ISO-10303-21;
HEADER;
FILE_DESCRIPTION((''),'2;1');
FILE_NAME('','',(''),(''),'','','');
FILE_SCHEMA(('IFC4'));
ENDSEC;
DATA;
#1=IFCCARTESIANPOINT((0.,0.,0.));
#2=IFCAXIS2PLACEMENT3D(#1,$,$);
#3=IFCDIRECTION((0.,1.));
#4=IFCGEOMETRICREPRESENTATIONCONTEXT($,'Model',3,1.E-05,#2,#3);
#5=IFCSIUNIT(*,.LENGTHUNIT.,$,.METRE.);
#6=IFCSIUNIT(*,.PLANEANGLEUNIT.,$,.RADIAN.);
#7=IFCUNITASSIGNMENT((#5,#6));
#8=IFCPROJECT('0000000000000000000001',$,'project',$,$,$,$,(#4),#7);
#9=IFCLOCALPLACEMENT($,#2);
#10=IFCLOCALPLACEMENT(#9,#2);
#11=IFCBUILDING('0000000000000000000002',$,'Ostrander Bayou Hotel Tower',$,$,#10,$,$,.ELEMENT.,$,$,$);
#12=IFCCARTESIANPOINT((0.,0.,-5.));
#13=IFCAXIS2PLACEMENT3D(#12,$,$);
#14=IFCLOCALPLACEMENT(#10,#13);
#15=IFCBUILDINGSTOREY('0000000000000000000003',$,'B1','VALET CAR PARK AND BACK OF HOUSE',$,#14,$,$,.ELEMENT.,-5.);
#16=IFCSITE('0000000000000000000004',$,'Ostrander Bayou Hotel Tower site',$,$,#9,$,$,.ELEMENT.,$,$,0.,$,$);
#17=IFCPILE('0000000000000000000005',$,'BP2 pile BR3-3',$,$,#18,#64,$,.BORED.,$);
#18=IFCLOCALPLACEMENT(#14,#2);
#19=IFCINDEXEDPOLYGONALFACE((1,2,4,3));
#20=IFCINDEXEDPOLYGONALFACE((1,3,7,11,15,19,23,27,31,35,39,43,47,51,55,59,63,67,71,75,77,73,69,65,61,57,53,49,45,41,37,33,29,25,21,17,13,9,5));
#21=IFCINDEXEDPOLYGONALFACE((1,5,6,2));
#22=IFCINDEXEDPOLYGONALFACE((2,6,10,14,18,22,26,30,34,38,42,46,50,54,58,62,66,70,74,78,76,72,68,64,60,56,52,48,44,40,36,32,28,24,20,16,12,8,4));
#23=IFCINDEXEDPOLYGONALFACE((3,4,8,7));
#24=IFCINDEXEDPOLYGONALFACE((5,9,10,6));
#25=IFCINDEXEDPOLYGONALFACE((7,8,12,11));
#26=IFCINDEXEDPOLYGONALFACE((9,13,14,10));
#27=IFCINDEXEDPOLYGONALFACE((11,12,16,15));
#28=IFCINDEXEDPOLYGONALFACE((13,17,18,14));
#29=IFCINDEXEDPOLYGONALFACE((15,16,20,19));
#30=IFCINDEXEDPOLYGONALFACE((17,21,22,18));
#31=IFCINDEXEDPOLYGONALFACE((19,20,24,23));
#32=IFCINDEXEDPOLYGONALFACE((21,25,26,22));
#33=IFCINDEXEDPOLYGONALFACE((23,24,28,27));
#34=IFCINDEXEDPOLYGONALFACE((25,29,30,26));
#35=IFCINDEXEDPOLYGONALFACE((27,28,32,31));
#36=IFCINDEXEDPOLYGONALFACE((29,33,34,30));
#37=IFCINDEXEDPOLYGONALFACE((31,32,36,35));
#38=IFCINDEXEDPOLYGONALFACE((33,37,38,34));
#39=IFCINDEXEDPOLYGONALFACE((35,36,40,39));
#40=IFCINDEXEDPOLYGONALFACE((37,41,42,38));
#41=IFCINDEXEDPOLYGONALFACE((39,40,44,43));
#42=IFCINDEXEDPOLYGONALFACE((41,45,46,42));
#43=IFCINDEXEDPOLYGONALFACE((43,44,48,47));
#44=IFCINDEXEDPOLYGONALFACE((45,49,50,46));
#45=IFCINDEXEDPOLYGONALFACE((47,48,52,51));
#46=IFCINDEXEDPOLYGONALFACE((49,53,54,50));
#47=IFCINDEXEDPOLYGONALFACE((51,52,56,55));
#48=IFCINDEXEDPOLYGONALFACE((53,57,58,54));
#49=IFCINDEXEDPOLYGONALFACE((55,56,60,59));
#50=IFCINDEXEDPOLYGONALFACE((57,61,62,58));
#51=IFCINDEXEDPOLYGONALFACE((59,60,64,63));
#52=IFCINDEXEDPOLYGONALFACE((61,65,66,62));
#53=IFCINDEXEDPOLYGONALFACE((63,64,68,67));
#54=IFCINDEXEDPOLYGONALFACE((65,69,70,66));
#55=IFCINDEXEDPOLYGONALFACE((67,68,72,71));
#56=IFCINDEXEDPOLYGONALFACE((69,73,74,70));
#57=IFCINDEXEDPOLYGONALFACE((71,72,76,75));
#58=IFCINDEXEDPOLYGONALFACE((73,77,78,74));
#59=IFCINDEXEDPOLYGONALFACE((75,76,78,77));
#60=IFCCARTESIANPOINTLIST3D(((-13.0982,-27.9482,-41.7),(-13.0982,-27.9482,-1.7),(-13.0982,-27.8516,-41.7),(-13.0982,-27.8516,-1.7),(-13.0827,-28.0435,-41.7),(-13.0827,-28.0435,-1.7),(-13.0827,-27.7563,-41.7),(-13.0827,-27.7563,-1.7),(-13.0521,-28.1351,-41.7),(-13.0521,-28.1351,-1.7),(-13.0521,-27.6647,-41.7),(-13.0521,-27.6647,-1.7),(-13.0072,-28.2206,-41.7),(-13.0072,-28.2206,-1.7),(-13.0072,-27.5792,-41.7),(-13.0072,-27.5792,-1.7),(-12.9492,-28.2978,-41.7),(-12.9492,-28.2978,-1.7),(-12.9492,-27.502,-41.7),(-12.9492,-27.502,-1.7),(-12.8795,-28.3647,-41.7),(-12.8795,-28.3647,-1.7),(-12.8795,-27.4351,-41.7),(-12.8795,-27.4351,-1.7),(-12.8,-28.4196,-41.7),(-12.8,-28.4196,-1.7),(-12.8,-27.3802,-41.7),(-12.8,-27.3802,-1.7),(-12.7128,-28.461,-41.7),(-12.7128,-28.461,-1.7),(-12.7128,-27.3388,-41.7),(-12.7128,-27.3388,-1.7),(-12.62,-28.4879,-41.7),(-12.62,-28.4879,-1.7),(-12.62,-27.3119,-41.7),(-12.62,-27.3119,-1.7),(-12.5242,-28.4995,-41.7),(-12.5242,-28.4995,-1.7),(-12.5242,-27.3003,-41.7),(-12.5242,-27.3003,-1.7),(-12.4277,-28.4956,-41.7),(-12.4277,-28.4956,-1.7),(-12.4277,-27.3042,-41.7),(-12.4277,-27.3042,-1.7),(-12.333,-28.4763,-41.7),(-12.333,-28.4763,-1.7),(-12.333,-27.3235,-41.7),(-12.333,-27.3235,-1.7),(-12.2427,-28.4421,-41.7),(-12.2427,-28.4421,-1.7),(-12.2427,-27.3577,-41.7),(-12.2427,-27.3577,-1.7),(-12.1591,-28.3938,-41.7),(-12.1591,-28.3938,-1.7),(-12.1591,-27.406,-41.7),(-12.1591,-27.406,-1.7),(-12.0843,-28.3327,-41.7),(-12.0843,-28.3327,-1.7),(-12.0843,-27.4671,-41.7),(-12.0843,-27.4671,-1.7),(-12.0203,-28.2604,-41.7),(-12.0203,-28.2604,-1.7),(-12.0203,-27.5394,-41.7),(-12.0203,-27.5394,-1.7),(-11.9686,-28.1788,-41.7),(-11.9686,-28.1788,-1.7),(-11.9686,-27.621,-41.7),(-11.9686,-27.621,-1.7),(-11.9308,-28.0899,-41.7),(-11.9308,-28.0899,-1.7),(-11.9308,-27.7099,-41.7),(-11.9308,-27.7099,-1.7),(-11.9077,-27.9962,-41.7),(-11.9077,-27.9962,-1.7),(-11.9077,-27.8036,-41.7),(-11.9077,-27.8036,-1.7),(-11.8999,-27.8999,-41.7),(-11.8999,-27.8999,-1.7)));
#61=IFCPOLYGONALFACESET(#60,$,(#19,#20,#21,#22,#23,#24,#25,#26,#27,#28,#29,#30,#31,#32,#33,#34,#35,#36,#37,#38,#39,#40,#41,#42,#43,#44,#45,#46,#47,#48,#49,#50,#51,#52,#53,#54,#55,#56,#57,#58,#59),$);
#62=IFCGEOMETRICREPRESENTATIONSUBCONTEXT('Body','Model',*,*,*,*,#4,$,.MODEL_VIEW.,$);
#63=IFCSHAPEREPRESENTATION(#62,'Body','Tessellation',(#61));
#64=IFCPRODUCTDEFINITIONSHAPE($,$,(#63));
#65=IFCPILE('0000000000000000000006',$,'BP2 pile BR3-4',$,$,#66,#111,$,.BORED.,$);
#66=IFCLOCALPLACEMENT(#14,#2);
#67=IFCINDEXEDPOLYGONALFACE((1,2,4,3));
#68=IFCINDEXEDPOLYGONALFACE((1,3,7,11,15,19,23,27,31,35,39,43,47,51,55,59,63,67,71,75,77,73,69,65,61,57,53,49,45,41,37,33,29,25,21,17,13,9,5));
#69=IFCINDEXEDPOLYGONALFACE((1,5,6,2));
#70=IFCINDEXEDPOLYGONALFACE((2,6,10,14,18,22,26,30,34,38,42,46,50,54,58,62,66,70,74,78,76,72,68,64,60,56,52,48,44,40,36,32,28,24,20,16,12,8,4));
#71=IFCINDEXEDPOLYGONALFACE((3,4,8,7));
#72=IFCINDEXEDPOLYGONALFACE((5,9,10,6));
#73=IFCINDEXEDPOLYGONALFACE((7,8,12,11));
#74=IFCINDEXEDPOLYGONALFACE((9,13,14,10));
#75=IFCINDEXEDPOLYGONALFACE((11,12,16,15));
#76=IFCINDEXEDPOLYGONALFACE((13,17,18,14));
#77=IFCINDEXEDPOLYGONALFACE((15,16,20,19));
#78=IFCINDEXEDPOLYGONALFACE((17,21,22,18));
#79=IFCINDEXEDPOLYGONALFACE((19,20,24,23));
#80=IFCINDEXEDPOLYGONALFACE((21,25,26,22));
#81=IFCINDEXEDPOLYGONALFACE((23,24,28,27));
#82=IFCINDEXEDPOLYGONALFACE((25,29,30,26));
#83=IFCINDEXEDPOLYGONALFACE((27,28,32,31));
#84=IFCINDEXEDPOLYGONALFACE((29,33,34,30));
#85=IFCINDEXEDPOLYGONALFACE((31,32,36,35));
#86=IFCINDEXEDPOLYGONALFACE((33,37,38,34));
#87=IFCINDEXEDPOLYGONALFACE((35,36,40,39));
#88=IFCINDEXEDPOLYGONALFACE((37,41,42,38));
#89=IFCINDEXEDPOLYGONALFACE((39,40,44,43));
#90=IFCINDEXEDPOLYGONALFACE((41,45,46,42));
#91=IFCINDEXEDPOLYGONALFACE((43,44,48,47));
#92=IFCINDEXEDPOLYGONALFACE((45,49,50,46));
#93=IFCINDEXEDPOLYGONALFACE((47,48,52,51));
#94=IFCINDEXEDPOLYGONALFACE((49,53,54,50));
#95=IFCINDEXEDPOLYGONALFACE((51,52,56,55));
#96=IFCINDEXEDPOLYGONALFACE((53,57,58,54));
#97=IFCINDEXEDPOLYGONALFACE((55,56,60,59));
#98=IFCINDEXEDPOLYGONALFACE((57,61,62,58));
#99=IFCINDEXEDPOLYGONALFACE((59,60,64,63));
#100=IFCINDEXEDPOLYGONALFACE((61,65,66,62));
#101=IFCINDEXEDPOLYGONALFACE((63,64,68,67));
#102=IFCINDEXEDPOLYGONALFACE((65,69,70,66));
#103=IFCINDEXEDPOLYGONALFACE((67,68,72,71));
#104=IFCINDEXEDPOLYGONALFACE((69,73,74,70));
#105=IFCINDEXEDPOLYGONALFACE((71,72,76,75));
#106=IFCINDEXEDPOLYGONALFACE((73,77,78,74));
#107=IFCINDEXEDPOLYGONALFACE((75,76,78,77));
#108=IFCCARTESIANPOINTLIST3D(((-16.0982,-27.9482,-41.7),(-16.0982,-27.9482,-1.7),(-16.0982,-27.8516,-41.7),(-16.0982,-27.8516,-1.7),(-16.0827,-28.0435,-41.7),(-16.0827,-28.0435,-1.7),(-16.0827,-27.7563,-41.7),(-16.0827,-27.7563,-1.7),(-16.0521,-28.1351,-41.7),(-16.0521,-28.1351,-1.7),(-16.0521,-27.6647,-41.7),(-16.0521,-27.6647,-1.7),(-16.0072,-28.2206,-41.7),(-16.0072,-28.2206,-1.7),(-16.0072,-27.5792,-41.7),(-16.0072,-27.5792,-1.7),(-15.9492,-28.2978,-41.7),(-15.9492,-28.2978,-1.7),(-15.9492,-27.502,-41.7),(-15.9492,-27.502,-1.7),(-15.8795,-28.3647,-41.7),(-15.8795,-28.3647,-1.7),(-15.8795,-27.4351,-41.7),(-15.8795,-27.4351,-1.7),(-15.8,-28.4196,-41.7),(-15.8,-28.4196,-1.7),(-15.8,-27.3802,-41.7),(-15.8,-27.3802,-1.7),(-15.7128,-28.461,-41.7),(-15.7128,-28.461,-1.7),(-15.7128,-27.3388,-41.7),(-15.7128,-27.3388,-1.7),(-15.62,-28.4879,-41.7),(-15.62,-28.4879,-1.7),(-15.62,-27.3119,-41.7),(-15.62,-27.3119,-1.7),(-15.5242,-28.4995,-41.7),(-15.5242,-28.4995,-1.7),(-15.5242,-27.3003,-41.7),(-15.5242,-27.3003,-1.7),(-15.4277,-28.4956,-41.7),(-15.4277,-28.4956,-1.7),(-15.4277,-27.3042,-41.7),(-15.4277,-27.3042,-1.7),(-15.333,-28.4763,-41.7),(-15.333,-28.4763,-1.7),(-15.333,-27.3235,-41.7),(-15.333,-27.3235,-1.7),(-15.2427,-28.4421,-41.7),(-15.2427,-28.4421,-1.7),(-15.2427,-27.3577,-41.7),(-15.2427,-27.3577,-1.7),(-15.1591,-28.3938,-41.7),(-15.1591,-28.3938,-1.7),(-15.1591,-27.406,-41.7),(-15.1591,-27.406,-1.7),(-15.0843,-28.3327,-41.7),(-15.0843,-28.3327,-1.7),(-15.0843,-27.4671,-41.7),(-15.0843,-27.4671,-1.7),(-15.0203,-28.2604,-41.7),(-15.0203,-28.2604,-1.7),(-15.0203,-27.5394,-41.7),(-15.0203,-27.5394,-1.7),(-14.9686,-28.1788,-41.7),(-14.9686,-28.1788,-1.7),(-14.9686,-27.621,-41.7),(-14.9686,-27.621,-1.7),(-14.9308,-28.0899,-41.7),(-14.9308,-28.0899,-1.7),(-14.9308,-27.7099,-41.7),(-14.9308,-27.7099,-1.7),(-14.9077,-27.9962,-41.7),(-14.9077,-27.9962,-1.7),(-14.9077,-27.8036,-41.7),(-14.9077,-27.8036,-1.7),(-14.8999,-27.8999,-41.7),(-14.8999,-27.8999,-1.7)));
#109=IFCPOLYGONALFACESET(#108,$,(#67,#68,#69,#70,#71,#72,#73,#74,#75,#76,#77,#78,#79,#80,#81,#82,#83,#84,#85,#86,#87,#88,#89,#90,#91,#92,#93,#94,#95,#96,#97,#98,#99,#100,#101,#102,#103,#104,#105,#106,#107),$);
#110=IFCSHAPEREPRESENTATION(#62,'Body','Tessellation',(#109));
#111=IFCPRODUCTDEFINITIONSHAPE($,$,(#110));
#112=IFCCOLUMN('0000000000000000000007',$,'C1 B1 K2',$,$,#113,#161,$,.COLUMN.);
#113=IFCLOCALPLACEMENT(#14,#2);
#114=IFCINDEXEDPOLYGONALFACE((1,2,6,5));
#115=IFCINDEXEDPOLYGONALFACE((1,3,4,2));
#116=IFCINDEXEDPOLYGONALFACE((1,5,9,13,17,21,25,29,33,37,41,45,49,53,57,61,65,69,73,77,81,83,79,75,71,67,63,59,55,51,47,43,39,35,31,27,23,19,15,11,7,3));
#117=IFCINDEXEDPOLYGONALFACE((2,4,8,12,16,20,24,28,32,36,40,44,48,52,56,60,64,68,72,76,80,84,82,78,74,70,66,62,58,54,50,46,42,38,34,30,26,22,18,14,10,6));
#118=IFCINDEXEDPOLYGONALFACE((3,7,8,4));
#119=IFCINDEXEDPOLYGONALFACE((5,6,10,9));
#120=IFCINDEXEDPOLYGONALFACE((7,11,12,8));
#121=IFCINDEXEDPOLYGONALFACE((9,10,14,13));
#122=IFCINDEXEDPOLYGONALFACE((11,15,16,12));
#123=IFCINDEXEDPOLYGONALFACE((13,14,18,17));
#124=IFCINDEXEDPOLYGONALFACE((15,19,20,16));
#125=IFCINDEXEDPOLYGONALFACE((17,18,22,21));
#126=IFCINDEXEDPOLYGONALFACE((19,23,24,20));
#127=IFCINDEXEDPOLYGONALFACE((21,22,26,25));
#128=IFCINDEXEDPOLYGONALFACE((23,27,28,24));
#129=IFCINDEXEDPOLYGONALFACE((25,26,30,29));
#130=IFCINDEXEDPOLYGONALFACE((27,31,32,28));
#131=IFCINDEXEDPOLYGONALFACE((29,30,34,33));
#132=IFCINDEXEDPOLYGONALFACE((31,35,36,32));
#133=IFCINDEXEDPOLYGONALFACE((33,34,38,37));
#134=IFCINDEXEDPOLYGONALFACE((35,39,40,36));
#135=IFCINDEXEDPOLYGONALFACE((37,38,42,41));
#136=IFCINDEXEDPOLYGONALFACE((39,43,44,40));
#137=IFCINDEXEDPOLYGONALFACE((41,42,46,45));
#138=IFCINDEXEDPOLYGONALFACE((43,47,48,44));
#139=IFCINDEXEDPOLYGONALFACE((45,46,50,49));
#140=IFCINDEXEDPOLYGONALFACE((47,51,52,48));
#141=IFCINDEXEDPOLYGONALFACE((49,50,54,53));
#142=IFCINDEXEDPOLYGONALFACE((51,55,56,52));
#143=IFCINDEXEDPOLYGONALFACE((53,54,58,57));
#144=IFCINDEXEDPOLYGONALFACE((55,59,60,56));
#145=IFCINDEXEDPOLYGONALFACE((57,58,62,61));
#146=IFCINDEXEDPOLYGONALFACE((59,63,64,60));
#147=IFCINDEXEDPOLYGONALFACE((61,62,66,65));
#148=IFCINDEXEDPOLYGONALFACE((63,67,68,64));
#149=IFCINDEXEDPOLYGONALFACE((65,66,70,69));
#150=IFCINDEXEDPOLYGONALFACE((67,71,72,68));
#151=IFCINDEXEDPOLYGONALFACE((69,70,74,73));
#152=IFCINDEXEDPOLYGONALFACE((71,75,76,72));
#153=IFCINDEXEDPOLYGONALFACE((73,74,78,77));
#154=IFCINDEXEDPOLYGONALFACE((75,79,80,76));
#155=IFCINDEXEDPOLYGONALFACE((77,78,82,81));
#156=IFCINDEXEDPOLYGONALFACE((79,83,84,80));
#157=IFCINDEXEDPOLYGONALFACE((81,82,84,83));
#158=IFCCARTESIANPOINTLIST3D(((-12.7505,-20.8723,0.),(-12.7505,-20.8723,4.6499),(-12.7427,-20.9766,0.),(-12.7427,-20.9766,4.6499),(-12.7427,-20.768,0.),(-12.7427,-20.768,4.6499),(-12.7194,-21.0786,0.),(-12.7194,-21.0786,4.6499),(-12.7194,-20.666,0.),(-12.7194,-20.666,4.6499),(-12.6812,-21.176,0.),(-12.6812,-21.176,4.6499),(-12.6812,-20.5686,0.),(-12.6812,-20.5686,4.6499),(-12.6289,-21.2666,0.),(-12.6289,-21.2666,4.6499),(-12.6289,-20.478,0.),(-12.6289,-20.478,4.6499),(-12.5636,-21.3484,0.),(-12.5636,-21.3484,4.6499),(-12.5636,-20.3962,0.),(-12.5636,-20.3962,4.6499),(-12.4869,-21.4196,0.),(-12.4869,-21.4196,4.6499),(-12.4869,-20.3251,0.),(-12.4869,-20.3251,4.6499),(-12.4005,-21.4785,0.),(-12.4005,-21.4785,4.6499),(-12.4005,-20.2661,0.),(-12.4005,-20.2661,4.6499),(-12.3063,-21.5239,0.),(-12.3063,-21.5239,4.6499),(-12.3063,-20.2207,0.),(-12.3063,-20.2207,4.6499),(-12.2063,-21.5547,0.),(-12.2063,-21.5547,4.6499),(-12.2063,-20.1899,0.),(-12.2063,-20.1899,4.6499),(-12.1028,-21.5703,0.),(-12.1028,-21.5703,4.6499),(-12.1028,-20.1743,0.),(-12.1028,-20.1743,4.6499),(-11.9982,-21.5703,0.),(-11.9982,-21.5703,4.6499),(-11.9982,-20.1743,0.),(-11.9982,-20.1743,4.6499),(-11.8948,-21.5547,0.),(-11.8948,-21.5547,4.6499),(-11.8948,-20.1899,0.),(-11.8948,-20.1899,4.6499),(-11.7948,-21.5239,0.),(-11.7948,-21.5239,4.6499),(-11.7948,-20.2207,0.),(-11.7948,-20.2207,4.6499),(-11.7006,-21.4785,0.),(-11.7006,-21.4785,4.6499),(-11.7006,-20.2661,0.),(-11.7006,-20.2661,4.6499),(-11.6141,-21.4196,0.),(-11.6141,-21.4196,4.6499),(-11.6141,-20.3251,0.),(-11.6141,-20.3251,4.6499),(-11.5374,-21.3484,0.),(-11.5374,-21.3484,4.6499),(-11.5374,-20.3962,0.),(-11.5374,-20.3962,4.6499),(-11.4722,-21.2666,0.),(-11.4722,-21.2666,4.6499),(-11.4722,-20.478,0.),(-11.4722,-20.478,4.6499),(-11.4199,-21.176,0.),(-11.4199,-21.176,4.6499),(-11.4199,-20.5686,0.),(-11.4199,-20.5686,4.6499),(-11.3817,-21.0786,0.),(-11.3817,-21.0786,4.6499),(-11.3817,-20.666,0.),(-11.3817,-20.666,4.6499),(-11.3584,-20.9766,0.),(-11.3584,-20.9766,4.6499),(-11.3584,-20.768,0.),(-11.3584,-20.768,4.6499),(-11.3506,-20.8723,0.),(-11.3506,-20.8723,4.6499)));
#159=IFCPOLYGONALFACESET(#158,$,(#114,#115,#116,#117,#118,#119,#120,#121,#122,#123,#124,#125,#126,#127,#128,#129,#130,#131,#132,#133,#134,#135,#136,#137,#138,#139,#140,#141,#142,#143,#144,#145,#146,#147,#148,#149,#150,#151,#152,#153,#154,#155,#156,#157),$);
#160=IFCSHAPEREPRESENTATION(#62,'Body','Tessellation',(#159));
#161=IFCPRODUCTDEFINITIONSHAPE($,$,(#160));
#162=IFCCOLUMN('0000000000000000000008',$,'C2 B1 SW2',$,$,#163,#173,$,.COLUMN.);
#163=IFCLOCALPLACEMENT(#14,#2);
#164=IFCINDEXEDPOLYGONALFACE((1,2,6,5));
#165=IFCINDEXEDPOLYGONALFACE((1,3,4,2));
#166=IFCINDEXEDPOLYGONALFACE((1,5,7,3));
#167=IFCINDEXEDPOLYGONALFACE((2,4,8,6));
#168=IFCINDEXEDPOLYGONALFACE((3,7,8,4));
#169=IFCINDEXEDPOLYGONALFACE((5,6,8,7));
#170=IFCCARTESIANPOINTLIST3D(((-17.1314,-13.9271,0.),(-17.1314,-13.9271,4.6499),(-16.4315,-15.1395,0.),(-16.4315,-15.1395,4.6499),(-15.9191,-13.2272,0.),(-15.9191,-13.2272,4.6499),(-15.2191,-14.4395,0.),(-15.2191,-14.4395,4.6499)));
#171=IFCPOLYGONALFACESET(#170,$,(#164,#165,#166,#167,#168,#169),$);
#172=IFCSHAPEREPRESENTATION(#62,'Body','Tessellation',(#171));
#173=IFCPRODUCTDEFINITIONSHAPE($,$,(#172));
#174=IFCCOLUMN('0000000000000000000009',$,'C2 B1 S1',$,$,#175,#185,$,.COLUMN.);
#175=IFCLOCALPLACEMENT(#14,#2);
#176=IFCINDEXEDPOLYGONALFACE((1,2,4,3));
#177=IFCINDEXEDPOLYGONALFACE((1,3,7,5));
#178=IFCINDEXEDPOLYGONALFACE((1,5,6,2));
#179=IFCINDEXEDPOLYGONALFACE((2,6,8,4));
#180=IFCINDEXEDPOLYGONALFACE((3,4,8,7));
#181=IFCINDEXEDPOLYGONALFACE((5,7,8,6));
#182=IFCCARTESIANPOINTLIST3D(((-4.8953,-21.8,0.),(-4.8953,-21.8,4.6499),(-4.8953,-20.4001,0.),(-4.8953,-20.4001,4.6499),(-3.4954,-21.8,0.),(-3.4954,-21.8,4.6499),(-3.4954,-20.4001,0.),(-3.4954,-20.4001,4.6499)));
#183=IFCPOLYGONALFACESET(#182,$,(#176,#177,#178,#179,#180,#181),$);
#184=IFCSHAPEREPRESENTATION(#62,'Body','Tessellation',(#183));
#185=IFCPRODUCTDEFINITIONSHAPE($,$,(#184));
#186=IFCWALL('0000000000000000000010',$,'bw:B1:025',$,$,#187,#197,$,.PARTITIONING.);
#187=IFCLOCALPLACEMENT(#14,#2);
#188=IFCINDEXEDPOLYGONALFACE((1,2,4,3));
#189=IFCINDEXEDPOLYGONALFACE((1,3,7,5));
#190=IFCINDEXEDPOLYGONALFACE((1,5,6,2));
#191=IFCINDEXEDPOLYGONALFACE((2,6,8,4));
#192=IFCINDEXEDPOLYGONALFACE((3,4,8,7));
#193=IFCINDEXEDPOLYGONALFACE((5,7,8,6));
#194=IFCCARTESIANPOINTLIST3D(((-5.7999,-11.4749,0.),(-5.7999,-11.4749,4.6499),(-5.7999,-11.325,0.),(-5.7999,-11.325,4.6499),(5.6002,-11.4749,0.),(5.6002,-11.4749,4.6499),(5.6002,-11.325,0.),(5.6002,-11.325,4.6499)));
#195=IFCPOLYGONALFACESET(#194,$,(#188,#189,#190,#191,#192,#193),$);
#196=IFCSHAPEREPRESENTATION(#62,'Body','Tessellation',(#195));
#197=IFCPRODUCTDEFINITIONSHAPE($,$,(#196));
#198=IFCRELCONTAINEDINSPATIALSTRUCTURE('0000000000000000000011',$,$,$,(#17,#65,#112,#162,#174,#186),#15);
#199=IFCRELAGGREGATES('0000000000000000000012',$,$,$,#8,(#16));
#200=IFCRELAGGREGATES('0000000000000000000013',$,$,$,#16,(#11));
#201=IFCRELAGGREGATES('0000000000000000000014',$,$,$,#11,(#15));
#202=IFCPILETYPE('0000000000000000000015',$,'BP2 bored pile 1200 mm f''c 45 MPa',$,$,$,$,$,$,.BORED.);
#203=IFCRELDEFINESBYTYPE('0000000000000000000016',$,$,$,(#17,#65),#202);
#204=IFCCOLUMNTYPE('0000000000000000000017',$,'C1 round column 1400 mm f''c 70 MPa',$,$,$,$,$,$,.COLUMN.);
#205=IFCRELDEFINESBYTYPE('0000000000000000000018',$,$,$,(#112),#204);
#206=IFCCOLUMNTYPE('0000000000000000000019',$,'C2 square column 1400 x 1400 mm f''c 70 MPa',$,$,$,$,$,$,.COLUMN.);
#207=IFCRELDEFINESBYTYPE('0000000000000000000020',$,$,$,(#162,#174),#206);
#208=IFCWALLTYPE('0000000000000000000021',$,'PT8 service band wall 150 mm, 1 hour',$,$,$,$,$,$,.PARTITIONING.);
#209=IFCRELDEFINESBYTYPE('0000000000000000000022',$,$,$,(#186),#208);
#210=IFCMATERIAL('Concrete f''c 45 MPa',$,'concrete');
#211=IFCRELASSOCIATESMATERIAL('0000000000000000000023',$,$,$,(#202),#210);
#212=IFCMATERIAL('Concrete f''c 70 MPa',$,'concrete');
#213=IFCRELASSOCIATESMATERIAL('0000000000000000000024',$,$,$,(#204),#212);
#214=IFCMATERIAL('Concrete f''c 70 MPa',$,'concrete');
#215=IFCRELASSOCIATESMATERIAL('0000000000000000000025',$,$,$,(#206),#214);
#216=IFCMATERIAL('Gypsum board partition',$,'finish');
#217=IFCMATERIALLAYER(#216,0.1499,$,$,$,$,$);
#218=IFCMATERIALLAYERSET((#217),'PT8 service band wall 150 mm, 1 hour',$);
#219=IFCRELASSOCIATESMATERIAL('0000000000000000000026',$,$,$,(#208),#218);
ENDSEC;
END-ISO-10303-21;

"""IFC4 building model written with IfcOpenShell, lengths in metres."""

from ifc_helpers import new_model, si_unit, direction, frame, frame_2d, origin, origin_2d, place, context, subcontext, project, spatial, rectangle, circle, extrude, material, layer, layer_set, material_profile, profile_set, type_object, element, save


model = new_model("IFC4")

# Units and contexts
model_context = context("Model", 3, precision=1e-05, world=origin(), true_north=direction((0.0, 1.0)))
body_context = subcontext(model_context, "Body", "Model", "MODEL_VIEW")
ifc_project = project(units=[si_unit("LENGTHUNIT", "METRE"), si_unit("PLANEANGLEUNIT", "RADIAN")], contexts=[model_context])

# Site, building, storey
site_placement = place(None, origin())
site = spatial("IfcSite", under=ifc_project, at=site_placement, Name="Ostrander Bayou Hotel Tower site", CompositionType="ELEMENT", RefElevation=0.0)
building_placement = place(site_placement, origin())
building = spatial("IfcBuilding", under=site, at=building_placement, Name="Ostrander Bayou Hotel Tower", CompositionType="ELEMENT")
storey_placement = place(building_placement, frame((0.0, 0.0, -5.0)))
storey = spatial("IfcBuildingStorey", under=building, at=storey_placement, Name="B1", Description="VALET CAR PARK AND BACK OF HOUSE", CompositionType="ELEMENT", Elevation=-5.0)

# Piles
ifc_material_1 = material(Name="Concrete f'c 45 MPa", Category="concrete")
ifc_material_profile_1 = material_profile(ifc_material_1, circle(Radius=0.6001, at=origin_2d()))
ifc_profile_set_1 = profile_set([ifc_material_profile_1], Name="Concrete f'c 45 MPa")
pile_type_1 = type_object("IfcPileType", Name="BP2 bored pile 1200 mm f'c 45 MPa", PredefinedType="BORED", material=ifc_profile_set_1)
for number, where, z_axis, x_axis, name in (
    (1, (-12.5, -27.8999, -1.7), (0.0, 0.0, -1.0), (1.0, 0.0, 0.0), "BP2 pile BR3-3"),
    (2, (-15.5, -27.8999, -1.7), (0.0, 0.0, -1.0), (1.0, 0.0, 0.0), "BP2 pile BR3-4"),
):
    element("IfcPile", number, at=place(storey_placement, frame(where, z_axis=z_axis, x_axis=x_axis)), inside=storey, type_object=pile_type_1, Name=name, PredefinedType="BORED", context=body_context, shape_type="SweptSolid", body=[
        extrude(circle(Radius=0.6001, at=origin_2d()), origin(), (0.0, 0.0, 1.0), 40.0),
    ])

# Columns
ifc_material_2 = material(Name="Concrete f'c 70 MPa", Category="concrete")
ifc_material_profile_2 = material_profile(ifc_material_2, circle(Radius=0.7, at=origin_2d()))
ifc_profile_set_2 = profile_set([ifc_material_profile_2], Name="Concrete f'c 70 MPa")
column_type_1 = type_object("IfcColumnType", Name="C1 round column 1400 mm f'c 70 MPa", PredefinedType="COLUMN", material=ifc_profile_set_2)
column_placement = place(storey_placement, frame((-12.0505, -20.8723, 0.0), z_axis=(0.0, 0.0, 1.0), x_axis=(1.0, 0.0, 0.0)))
element("IfcColumn", 3, at=column_placement, inside=storey, type_object=column_type_1, Name="C1 B1 K2", PredefinedType="COLUMN", context=body_context, shape_type="SweptSolid", body=[
    extrude(circle(Radius=0.7, at=origin_2d()), origin(), (0.0, 0.0, 1.0), 4.6499),
])
ifc_material_3 = material(Name="Concrete f'c 70 MPa", Category="concrete")
ifc_material_profile_3 = material_profile(ifc_material_3, rectangle(XDim=1.3999, YDim=1.3999, at=origin_2d()))
ifc_profile_set_3 = profile_set([ifc_material_profile_3], Name="Concrete f'c 70 MPa")
column_type_2 = type_object("IfcColumnType", Name="C2 square column 1400 x 1400 mm f'c 70 MPa", PredefinedType="COLUMN", material=ifc_profile_set_3)
for number, where, z_axis, x_axis, name in (
    (4, (-16.1753, -14.1833, 0.0), (0.0, 0.0, 1.0), (-0.5, 0.866025, 0.0), "C2 B1 SW2"),
    (5, (-4.1953, -21.1001, 0.0), (0.0, 0.0, 1.0), (-1.0, 0.0, 0.0), "C2 B1 S1"),
):
    element("IfcColumn", number, at=place(storey_placement, frame(where, z_axis=z_axis, x_axis=x_axis)), inside=storey, type_object=column_type_2, Name=name, PredefinedType="COLUMN", context=body_context, shape_type="SweptSolid", body=[
        extrude(rectangle(XDim=1.3999, YDim=1.3999, at=origin_2d()), origin(), (0.0, 0.0, 1.0), 4.6499),
    ])

# Wall
ifc_material_4 = material(Name="Gypsum board partition", Category="finish")
ifc_layer_1 = layer(ifc_material_4, 0.1499)
ifc_layer_set_1 = layer_set([ifc_layer_1], Name="PT8 service band wall 150 mm, 1 hour")
wall_type_1 = type_object("IfcWallType", Name="PT8 service band wall 150 mm, 1 hour", PredefinedType="PARTITIONING", material=ifc_layer_set_1)
wall_1_placement = place(storey_placement, frame((-5.8, -11.3999, 0.0), z_axis=(0.0, 0.0, 1.0), x_axis=(1.0, 0.0, 0.0)))
element("IfcWall", 6, at=wall_1_placement, inside=storey, type_object=wall_type_1, Name="bw:B1:025", PredefinedType="PARTITIONING", context=body_context, shape_type="SweptSolid", body=[
    extrude(rectangle(XDim=11.4001, YDim=0.1499, at=frame_2d((5.7002, 0.0))), origin(), (0.0, 0.0, 1.0), 4.6499),
])

save(model, "model.ifc")
